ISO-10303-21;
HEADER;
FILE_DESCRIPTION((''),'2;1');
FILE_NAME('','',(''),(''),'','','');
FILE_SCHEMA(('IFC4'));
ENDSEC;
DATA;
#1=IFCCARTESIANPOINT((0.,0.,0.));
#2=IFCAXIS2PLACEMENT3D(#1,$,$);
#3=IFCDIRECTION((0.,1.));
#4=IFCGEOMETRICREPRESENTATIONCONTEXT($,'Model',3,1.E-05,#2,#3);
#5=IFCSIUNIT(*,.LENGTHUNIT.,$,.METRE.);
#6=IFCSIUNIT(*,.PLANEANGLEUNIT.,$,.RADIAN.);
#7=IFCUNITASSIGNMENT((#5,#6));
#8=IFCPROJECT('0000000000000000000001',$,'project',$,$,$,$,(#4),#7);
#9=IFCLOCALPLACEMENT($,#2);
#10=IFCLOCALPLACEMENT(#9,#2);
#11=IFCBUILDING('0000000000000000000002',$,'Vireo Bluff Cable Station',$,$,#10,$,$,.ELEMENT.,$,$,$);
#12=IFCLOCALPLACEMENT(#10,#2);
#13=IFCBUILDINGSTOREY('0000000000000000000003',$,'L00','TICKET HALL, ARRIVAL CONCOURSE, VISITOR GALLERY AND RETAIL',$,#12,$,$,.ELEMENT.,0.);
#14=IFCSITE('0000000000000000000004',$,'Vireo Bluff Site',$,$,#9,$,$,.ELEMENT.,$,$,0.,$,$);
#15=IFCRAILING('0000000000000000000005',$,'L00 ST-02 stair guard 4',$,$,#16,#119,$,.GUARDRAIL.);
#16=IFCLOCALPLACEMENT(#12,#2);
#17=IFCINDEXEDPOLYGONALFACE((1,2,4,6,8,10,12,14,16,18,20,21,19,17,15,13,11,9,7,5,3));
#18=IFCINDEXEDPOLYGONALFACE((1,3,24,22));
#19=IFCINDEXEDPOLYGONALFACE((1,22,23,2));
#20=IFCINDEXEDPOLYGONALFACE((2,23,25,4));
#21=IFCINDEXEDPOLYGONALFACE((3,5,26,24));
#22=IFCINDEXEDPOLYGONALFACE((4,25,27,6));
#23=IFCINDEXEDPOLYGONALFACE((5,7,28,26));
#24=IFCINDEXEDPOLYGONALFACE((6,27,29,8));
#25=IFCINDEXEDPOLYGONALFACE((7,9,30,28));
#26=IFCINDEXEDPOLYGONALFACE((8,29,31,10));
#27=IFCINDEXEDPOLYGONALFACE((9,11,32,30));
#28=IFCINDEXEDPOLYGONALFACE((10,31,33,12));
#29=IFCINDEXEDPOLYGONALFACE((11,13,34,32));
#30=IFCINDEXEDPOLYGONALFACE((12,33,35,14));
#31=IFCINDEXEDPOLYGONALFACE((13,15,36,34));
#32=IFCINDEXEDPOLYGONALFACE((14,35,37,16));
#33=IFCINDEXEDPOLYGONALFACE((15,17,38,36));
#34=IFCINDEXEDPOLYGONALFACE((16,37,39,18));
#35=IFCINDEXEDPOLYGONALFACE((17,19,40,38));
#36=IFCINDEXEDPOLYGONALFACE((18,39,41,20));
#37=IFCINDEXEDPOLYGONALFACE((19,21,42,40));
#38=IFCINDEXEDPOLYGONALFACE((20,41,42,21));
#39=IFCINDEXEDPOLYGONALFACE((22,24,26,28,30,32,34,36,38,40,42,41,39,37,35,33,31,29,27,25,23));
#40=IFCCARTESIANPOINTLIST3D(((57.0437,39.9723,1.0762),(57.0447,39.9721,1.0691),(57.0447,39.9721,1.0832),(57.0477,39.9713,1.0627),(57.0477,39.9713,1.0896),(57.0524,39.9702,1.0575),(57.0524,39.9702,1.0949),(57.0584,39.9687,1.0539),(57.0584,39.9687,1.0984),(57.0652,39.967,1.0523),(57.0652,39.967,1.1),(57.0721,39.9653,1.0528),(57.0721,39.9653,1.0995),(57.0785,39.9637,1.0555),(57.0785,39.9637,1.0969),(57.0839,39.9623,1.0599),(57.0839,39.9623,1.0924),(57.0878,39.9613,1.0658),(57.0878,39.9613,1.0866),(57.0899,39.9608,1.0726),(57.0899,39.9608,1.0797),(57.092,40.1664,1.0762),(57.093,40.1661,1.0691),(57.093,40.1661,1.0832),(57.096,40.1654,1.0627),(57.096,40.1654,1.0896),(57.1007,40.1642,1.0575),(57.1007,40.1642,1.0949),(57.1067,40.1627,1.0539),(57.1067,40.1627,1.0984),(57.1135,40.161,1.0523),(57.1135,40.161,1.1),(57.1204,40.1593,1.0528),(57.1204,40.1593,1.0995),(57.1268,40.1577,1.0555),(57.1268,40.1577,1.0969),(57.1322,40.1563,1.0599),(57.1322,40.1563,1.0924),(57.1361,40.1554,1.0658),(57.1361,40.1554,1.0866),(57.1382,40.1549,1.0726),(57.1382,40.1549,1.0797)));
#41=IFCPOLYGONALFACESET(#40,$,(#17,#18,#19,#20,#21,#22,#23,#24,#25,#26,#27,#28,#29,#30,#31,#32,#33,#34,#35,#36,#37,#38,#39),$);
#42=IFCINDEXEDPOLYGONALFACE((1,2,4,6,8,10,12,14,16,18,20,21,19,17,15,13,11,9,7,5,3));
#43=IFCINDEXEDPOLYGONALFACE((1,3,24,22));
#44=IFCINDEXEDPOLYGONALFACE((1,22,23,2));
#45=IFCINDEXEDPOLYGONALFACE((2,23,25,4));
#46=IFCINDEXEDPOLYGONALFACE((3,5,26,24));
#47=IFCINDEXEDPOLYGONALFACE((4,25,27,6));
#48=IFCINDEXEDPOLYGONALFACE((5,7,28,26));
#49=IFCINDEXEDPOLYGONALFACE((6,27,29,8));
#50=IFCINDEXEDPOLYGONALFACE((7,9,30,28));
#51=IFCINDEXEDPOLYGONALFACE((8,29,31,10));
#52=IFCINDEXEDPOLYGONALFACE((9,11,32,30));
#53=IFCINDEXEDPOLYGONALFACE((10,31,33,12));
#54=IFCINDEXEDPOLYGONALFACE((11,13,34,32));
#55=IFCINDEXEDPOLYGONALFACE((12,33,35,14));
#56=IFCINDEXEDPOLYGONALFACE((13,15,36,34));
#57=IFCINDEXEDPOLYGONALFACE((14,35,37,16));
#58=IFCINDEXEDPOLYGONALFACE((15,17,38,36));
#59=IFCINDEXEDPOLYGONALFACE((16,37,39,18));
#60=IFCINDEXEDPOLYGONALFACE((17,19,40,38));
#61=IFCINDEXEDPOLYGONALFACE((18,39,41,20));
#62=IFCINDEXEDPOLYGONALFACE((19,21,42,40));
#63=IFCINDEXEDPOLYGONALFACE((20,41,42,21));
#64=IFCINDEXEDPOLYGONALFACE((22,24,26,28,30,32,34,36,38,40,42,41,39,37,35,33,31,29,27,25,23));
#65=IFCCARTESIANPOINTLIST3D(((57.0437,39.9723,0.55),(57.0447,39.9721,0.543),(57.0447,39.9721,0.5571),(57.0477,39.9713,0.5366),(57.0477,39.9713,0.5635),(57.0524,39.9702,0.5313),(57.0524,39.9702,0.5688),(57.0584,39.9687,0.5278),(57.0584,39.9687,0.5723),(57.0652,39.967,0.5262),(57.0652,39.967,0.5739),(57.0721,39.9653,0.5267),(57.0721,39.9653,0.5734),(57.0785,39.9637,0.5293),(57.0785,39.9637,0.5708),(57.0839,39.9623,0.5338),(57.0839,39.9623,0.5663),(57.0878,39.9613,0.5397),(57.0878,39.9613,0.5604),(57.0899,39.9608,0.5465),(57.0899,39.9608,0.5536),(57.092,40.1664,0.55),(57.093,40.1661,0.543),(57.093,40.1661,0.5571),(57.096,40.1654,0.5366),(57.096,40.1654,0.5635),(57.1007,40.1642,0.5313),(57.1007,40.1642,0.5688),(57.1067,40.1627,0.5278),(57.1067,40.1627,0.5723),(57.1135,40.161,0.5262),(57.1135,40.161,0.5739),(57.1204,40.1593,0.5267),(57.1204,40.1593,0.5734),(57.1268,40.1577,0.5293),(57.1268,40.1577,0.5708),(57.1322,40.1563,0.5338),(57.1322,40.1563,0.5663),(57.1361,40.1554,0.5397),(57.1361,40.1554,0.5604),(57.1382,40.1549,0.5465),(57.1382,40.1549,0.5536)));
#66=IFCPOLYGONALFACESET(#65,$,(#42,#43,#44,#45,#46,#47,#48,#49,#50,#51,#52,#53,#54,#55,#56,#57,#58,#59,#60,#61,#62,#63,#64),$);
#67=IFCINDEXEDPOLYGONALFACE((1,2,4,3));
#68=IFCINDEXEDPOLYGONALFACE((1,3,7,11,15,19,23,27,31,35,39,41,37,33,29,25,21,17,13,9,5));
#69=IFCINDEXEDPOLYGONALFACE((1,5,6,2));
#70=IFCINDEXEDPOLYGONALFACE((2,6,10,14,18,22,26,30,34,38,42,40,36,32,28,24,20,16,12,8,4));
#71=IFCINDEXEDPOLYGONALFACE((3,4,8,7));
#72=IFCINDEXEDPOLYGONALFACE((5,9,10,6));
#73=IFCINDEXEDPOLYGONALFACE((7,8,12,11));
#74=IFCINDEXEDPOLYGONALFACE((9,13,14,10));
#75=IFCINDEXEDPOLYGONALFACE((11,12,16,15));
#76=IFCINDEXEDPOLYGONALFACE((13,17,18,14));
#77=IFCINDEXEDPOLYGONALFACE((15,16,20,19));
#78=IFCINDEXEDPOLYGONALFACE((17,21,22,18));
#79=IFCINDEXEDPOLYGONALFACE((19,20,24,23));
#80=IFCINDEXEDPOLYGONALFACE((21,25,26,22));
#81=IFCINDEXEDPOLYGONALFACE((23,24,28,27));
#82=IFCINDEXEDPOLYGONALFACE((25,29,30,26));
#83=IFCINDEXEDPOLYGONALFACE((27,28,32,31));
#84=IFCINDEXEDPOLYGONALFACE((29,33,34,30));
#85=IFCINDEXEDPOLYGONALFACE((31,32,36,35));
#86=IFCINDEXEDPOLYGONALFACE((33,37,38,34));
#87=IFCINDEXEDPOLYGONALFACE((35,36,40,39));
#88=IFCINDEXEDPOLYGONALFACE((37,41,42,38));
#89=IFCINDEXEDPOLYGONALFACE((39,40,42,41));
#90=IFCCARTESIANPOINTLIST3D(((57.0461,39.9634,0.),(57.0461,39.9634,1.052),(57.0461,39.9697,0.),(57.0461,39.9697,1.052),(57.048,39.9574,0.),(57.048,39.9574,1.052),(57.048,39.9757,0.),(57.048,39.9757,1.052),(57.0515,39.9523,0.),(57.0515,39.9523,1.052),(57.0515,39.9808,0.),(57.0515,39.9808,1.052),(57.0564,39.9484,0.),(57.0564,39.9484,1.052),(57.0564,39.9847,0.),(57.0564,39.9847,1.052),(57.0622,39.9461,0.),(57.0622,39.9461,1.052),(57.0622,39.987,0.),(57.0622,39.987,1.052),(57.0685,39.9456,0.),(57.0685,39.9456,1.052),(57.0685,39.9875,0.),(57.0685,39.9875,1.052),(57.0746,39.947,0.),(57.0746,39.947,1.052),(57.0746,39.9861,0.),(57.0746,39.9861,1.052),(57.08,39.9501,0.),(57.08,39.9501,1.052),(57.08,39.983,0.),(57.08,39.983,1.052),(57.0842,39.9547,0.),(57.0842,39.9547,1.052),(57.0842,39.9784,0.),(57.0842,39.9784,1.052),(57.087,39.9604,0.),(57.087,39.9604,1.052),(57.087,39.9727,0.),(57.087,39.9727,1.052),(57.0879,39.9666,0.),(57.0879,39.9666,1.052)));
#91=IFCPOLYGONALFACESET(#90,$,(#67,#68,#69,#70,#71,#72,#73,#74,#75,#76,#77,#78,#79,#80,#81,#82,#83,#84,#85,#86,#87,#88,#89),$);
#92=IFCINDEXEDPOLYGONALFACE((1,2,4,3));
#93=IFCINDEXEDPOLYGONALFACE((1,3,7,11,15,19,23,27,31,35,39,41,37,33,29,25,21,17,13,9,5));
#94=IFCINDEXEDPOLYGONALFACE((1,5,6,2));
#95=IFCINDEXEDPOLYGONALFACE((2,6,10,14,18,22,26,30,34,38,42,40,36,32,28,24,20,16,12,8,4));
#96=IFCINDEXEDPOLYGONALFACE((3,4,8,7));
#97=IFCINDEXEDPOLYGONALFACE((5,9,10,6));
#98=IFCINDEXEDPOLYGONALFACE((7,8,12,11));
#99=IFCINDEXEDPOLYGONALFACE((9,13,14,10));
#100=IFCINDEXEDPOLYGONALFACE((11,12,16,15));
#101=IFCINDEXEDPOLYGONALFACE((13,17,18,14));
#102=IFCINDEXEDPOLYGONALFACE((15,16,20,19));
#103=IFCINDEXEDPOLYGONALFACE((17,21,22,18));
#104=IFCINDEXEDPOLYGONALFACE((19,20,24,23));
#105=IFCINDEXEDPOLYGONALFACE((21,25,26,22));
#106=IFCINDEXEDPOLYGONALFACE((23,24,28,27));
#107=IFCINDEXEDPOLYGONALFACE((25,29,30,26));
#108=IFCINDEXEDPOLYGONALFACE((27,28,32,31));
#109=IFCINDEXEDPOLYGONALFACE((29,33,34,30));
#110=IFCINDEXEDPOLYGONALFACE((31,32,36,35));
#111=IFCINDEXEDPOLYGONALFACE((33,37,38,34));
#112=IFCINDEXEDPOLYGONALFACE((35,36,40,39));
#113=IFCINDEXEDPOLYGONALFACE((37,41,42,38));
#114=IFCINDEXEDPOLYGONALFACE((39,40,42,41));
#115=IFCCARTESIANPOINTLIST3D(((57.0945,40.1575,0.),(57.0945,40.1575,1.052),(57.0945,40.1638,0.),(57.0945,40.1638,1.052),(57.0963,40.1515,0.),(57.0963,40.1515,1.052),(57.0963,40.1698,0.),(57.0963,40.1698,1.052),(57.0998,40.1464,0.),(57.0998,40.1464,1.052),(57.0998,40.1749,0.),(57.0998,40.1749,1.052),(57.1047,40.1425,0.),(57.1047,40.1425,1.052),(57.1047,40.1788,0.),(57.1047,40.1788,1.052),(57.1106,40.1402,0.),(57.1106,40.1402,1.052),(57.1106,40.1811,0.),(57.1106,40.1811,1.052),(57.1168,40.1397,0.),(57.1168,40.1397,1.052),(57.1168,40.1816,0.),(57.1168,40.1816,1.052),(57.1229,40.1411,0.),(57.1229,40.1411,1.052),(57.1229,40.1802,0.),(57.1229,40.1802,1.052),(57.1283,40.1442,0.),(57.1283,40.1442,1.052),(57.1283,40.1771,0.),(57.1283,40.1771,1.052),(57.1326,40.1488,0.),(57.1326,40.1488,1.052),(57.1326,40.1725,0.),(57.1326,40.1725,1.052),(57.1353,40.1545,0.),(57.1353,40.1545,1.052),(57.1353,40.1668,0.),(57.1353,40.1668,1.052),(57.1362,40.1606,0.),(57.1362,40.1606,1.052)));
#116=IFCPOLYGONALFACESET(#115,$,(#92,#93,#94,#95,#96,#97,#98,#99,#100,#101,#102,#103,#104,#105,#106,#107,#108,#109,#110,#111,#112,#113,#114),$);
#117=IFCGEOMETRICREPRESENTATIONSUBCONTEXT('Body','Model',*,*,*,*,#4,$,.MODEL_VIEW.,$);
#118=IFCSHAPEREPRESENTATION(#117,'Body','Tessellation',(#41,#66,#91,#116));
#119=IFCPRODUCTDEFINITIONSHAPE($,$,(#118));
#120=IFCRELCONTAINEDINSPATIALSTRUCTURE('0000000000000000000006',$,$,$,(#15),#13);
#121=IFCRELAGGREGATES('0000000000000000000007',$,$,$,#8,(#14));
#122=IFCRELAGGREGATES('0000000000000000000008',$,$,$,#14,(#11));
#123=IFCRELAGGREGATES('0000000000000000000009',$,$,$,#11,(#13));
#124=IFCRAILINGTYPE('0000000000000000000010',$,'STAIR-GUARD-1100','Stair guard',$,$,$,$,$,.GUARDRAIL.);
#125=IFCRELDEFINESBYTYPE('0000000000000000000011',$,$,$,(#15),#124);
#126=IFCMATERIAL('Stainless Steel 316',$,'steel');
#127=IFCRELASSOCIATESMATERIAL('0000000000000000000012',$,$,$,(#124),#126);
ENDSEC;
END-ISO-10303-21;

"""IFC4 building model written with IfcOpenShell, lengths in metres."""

from ifc_helpers import new_model, si_unit, direction, frame, origin, origin_2d, place, context, subcontext, project, spatial, circle, extrude, material, type_object, element, save


model = new_model("IFC4")

# Units and contexts
model_context = context("Model", 3, precision=1e-05, world=origin(), true_north=direction((0.0, 1.0)))
body_context = subcontext(model_context, "Body", "Model", "MODEL_VIEW")
ifc_project = project(units=[si_unit("LENGTHUNIT", "METRE"), si_unit("PLANEANGLEUNIT", "RADIAN")], contexts=[model_context])

# Site, building, storey
site_placement = place(None, origin())
site = spatial("IfcSite", under=ifc_project, at=site_placement, Name="Vireo Bluff Site", CompositionType="ELEMENT", RefElevation=0.0)
building_placement = place(site_placement, origin())
building = spatial("IfcBuilding", under=site, at=building_placement, Name="Vireo Bluff Cable Station", CompositionType="ELEMENT")
storey_placement = place(building_placement, origin())
storey = spatial("IfcBuildingStorey", under=building, at=storey_placement, Name="L00", Description="TICKET HALL, ARRIVAL CONCOURSE, VISITOR GALLERY AND RETAIL", CompositionType="ELEMENT", Elevation=0.0)

# Railing
ifc_material_1 = material(Name="Stainless Steel 316", Category="steel")
railing_type_1 = type_object("IfcRailingType", Name="STAIR-GUARD-1100", Description="Stair guard", PredefinedType="GUARDRAIL", material=ifc_material_1)
railing_1_placement = place(storey_placement, frame((57.0669, 39.9666, 0.0)))
element("IfcRailing", 1, at=railing_1_placement, inside=storey, type_object=railing_type_1, Name="L00 ST-02 stair guard 4", PredefinedType="GUARDRAIL", context=body_context, shape_type="SweptSolid", body=[
    extrude(circle(Radius=0.0239, at=origin_2d()), frame((0.0, 0.0, 1.0762), z_axis=(0.241674, 0.970358, 0.0), x_axis=(-0.970358, 0.241674, 0.0)), (0.0, 0.0, 1.0), 0.2),
    extrude(circle(Radius=0.0239, at=origin_2d()), frame((0.0, 0.0, 0.55), z_axis=(0.241674, 0.970358, 0.0), x_axis=(-0.970358, 0.241674, 0.0)), (0.0, 0.0, 1.0), 0.2),
    extrude(circle(Radius=0.021, at=origin_2d()), origin(), (0.0, 0.0, 1.0), 1.052),
    extrude(circle(Radius=0.021, at=origin_2d()), frame((0.0483, 0.1941, 0.0)), (0.0, 0.0, 1.0), 1.052),
])

save(model, "model.ifc")
